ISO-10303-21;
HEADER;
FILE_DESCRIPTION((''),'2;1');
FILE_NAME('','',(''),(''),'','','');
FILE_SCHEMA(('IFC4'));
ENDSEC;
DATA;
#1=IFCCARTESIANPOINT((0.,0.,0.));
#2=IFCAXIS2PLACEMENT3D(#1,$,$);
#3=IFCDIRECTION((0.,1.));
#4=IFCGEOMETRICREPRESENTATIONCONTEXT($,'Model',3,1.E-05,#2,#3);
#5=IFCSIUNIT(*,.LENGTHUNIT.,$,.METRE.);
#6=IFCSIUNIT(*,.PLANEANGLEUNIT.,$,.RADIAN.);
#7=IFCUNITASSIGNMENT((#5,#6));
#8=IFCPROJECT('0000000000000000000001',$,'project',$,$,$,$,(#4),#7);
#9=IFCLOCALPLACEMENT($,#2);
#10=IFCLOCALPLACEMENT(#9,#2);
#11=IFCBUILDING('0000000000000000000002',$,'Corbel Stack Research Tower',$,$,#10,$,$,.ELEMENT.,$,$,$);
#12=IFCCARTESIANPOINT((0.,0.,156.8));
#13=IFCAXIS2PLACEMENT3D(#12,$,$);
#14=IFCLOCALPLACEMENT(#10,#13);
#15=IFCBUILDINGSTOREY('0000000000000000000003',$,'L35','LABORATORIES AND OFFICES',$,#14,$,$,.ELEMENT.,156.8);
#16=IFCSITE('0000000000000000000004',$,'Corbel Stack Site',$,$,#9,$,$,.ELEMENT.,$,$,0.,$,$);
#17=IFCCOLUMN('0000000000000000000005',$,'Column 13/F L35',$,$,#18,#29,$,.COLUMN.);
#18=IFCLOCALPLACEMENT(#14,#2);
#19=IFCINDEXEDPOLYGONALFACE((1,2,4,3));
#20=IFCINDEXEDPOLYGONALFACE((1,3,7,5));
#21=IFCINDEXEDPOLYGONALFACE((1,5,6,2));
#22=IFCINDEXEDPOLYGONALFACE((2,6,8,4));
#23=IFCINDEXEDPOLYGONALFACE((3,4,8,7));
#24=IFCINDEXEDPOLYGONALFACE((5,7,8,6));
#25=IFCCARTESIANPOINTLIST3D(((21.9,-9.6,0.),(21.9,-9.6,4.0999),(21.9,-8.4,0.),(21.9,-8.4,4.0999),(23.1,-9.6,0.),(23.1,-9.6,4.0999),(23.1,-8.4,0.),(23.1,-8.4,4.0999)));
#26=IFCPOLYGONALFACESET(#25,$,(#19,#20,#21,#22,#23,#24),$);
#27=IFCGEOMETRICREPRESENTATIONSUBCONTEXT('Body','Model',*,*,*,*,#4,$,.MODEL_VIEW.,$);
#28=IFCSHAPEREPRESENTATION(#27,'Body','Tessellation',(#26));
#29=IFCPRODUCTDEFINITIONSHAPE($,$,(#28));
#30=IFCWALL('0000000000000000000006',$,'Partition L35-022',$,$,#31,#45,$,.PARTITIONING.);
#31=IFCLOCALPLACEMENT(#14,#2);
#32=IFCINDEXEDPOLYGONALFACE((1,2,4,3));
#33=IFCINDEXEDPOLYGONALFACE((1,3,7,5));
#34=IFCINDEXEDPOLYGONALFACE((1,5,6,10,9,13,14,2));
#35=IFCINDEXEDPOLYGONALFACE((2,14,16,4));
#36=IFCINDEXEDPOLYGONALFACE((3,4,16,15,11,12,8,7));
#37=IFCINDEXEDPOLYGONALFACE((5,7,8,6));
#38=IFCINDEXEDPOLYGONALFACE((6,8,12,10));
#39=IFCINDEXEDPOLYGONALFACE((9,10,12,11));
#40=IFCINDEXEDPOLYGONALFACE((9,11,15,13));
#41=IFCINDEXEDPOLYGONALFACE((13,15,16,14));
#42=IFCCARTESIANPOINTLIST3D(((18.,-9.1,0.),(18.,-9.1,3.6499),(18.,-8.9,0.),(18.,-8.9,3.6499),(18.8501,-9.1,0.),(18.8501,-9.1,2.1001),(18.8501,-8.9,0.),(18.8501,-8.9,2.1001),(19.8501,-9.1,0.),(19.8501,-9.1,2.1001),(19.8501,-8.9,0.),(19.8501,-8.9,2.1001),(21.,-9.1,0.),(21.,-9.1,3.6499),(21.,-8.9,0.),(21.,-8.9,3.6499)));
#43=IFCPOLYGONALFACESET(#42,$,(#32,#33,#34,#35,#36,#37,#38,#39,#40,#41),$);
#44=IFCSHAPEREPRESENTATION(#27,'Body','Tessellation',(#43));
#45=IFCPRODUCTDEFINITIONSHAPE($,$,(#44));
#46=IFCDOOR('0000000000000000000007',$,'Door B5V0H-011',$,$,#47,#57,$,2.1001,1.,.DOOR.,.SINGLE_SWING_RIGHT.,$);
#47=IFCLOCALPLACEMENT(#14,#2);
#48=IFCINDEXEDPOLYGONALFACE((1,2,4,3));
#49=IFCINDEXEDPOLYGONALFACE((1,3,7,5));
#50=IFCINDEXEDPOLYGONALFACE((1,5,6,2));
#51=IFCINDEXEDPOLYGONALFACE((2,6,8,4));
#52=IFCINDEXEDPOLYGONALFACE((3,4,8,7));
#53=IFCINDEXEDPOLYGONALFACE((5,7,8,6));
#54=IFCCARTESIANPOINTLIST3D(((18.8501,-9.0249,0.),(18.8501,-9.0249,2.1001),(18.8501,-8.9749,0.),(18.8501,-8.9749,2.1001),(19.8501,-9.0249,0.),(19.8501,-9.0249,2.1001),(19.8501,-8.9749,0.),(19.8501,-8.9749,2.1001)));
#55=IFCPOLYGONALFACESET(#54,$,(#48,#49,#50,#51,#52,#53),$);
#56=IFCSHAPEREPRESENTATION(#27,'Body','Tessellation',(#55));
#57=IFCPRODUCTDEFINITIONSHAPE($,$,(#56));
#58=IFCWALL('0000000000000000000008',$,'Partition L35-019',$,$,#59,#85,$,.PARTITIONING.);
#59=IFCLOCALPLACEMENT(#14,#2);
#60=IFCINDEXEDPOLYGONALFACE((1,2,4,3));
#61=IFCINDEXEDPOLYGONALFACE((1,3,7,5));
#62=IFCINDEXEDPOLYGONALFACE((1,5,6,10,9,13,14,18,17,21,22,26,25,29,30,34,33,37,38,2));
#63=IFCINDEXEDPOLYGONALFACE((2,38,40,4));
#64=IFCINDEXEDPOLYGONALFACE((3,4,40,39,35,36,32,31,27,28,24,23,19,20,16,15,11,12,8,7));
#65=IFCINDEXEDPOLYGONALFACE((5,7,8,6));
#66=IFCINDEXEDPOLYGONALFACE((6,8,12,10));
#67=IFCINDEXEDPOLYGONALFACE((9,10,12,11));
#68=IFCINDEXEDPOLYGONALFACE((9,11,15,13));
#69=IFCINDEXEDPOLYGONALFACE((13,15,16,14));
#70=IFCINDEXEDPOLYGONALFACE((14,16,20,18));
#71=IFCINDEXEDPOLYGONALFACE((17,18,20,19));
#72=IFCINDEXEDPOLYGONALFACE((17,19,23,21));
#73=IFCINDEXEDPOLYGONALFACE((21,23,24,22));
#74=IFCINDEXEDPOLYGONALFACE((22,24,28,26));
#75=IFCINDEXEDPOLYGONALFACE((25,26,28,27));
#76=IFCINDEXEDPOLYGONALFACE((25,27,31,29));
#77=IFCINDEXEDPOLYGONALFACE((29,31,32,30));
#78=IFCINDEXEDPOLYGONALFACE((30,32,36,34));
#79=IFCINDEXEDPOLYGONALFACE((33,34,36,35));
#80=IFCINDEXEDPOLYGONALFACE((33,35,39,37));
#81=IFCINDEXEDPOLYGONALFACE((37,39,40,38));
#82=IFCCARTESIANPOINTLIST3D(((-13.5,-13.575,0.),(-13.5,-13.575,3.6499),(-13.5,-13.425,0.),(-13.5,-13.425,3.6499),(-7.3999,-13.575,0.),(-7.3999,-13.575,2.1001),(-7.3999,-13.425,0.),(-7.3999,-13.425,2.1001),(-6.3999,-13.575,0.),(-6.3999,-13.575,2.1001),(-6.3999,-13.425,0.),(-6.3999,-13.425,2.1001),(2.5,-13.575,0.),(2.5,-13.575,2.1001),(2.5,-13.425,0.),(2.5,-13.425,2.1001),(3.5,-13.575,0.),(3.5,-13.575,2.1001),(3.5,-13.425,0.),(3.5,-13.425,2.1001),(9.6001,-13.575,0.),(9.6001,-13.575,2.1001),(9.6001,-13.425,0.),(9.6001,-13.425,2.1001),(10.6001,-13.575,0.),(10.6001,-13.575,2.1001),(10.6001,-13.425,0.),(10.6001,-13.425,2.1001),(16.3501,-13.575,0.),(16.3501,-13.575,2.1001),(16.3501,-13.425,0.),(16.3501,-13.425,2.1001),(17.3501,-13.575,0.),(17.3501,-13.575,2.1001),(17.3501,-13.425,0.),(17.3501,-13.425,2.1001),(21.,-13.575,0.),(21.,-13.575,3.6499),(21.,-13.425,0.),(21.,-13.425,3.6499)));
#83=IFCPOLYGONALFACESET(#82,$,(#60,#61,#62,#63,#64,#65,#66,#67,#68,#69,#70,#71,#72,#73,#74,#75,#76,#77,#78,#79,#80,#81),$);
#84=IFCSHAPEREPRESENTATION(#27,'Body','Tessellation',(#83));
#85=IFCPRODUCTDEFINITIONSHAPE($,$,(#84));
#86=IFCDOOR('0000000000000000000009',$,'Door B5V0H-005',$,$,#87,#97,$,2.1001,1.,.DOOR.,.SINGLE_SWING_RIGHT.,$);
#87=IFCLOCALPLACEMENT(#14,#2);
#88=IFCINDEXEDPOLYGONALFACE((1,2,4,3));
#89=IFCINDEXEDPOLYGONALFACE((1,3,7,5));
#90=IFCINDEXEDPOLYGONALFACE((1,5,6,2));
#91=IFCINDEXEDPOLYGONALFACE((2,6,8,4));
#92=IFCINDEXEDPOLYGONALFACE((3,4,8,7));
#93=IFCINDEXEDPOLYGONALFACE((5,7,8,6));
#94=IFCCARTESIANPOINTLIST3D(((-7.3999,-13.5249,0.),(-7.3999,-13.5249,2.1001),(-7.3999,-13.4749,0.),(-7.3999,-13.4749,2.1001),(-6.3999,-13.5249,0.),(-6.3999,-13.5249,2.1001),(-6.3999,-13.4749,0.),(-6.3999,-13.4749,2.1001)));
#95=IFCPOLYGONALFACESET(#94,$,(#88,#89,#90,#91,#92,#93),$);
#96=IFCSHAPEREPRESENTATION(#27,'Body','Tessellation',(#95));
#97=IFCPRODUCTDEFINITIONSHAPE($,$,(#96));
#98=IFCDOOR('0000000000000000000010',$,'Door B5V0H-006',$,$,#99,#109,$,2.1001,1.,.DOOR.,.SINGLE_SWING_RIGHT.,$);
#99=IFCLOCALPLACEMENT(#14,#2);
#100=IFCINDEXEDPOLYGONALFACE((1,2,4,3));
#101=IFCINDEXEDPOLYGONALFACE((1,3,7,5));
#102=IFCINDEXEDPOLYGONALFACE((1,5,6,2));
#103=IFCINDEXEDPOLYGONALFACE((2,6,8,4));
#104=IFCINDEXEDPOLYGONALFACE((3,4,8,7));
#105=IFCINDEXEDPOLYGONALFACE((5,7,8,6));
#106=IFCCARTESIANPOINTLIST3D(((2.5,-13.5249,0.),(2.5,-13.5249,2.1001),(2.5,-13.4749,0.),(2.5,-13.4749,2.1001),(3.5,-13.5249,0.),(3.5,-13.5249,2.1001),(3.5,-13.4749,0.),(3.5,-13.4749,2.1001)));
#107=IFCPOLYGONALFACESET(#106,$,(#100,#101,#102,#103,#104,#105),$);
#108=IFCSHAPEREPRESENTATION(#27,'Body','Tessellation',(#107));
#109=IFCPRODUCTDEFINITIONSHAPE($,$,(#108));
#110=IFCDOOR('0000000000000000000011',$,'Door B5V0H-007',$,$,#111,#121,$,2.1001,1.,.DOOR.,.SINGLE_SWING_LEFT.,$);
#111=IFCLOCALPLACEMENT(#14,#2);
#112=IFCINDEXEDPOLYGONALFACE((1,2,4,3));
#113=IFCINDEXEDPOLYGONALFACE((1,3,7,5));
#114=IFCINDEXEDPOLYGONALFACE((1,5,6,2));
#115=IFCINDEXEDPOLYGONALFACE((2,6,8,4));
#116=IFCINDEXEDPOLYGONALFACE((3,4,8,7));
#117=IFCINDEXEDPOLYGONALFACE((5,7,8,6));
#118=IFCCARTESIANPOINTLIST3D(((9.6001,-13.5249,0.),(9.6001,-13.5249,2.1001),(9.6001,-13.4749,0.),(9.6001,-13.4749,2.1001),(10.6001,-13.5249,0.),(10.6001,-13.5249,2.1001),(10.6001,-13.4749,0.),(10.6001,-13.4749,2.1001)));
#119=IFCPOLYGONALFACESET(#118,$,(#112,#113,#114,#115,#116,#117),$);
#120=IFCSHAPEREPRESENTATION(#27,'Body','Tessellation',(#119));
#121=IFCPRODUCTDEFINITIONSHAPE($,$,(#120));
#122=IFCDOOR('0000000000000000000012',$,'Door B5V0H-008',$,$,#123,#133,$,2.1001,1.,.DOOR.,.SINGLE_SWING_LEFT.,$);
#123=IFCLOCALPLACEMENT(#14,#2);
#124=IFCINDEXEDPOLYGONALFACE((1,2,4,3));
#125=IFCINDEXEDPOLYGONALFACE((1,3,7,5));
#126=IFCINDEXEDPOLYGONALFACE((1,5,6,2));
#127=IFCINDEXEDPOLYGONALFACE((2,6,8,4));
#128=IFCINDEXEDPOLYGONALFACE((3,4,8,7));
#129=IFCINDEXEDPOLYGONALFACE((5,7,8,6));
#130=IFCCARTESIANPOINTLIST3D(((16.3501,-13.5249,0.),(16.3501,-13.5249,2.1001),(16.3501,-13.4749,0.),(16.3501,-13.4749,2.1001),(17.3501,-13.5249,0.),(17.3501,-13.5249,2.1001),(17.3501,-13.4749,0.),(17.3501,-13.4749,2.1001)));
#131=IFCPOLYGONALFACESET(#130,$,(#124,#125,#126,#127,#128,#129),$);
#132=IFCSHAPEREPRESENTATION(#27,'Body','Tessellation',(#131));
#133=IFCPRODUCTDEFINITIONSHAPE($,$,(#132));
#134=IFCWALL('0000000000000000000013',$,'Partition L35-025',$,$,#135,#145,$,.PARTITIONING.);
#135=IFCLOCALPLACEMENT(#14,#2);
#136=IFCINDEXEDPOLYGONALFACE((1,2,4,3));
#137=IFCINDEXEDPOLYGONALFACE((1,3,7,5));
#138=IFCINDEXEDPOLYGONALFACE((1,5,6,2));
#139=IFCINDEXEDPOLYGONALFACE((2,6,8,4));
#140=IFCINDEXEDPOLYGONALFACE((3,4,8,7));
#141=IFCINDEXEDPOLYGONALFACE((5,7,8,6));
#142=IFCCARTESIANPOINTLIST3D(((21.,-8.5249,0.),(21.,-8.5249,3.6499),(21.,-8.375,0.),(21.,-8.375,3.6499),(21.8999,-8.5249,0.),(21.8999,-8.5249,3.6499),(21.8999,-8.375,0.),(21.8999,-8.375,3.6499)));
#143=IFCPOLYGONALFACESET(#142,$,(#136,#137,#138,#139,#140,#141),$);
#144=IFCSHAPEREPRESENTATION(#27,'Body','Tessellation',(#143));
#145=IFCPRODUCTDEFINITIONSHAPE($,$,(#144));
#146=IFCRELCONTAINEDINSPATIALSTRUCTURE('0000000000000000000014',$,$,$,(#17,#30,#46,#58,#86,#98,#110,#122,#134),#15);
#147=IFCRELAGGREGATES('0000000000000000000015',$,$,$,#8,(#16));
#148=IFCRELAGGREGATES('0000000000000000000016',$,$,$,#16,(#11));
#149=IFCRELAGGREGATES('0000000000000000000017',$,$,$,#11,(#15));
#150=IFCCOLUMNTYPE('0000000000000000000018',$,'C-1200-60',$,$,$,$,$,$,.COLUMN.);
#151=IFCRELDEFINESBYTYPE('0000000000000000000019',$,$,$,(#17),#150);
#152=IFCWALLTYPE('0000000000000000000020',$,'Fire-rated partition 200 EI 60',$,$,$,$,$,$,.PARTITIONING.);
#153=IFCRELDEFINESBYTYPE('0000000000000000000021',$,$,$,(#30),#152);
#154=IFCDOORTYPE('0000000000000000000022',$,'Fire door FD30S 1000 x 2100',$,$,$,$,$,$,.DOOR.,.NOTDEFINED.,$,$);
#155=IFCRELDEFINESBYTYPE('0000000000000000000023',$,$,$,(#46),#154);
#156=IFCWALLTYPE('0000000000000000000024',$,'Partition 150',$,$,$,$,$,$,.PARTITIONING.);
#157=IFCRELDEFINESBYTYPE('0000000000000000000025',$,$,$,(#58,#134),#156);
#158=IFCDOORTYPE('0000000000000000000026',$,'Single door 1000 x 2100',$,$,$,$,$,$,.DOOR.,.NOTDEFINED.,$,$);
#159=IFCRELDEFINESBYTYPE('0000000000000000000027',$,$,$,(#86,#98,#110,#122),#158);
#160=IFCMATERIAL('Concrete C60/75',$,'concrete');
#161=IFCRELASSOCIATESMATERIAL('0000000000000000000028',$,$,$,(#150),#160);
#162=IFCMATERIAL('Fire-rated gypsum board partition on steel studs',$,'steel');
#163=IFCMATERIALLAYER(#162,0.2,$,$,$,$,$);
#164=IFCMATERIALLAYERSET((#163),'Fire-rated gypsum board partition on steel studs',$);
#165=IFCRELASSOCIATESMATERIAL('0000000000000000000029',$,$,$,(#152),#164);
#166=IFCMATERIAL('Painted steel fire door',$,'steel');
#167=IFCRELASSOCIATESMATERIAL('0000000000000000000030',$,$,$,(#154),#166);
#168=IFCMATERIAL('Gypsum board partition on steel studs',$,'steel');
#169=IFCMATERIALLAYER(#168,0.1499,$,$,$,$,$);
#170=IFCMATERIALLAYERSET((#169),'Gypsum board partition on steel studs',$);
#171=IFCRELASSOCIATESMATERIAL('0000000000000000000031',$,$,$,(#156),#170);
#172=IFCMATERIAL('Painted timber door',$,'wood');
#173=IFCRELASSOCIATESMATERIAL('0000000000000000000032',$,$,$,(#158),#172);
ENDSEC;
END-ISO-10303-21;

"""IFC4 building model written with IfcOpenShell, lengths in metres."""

from ifc_helpers import new_model, si_unit, direction, frame, frame_2d, origin, origin_2d, place, context, subcontext, project, spatial, rectangle, extrude, material, layer, layer_set, material_profile, profile_set, type_object, element, fill, save


model = new_model("IFC4")

# Units and contexts
model_context = context("Model", 3, precision=1e-05, world=origin(), true_north=direction((0.0, 1.0)))
body_context = subcontext(model_context, "Body", "Model", "MODEL_VIEW")
ifc_project = project(units=[si_unit("LENGTHUNIT", "METRE"), si_unit("PLANEANGLEUNIT", "RADIAN")], contexts=[model_context])

# Site, building, storey
site_placement = place(None, origin())
site = spatial("IfcSite", under=ifc_project, at=site_placement, Name="Corbel Stack Site", CompositionType="ELEMENT", RefElevation=0.0)
building_placement = place(site_placement, origin())
building = spatial("IfcBuilding", under=site, at=building_placement, Name="Corbel Stack Research Tower", CompositionType="ELEMENT")
storey_placement = place(building_placement, frame((0.0, 0.0, 156.8)))
storey = spatial("IfcBuildingStorey", under=building, at=storey_placement, Name="L35", Description="LABORATORIES AND OFFICES", CompositionType="ELEMENT", Elevation=156.8)

# Column
ifc_material_1 = material(Name="Concrete C60/75", Category="concrete")
ifc_material_profile = material_profile(ifc_material_1, rectangle(XDim=1.2, YDim=1.2, at=origin_2d()), Name="RC 1200 x 1200")
ifc_profile_set = profile_set([ifc_material_profile], Name="Concrete C60/75")
column_type = type_object("IfcColumnType", Name="C-1200-60", PredefinedType="COLUMN", material=ifc_profile_set)
column_placement = place(storey_placement, frame((22.5, -9.0, 0.0), z_axis=(0.0, 0.0, 1.0), x_axis=(1.0, 0.0, 0.0)))
element("IfcColumn", 1, at=column_placement, inside=storey, type_object=column_type, Name="Column 13/F L35", PredefinedType="COLUMN", context=body_context, shape_type="SweptSolid", body=[
    extrude(rectangle(XDim=1.2, YDim=1.2, at=origin_2d()), origin(), (0.0, 0.0, 1.0), 4.0999),
])

# Wall, opening, door
ifc_material_2 = material(Name="Fire-rated gypsum board partition on steel studs", Category="steel")
ifc_layer_1 = layer(ifc_material_2, 0.2)
ifc_layer_set_1 = layer_set([ifc_layer_1], Name="Fire-rated gypsum board partition on steel studs")
wall_type_1 = type_object("IfcWallType", Name="Fire-rated partition 200 EI 60", PredefinedType="PARTITIONING", material=ifc_layer_set_1)
wall_1_placement = place(storey_placement, frame((21.0, -9.0, 0.0), z_axis=(0.0, 0.0, 1.0), x_axis=(-1.0, 0.0, 0.0)))
wall_1 = element("IfcWall", 2, at=wall_1_placement, inside=storey, type_object=wall_type_1, Name="Partition L35-022", PredefinedType="PARTITIONING", context=body_context, shape_type="SweptSolid", body=[
    extrude(rectangle(XDim=3.0, YDim=0.2, at=frame_2d((1.5, 0.0))), origin(), (0.0, 0.0, 1.0), 3.6499),
])
opening_1_placement = place(wall_1_placement, frame((1.1499, 0.0, 0.0)))
opening_1 = element("IfcOpeningElement", 3, at=opening_1_placement, cuts=wall_1, PredefinedType="OPENING", context=body_context, shape_type="SweptSolid", body=[
    extrude(rectangle(XDim=1.0, YDim=2.1001, at=frame_2d((0.5, 1.05))), frame((0.0, 0.1099, 0.0), z_axis=(0.0, -1.0, 0.0), x_axis=(1.0, 0.0, 0.0)), (0.0, 0.0, 1.0), 0.22),
])
ifc_material_3 = material(Name="Painted steel fire door", Category="steel")
door_type_1 = type_object("IfcDoorType", Name="Fire door FD30S 1000 x 2100", OperationType="NOTDEFINED", PredefinedType="DOOR", material=ifc_material_3)
door_1_placement = place(opening_1_placement, origin())
door_1 = element("IfcDoor", 4, at=door_1_placement, inside=storey, type_object=door_type_1, Name="Door B5V0H-011", OperationType="SINGLE_SWING_RIGHT", OverallHeight=2.1001, OverallWidth=1.0, PredefinedType="DOOR", context=body_context, shape_type="SweptSolid", body=[
    extrude(rectangle(XDim=1.0, YDim=2.1001, at=frame_2d((0.5, 1.05))), frame((0.0, 0.0249, 0.0), z_axis=(0.0, -1.0, 0.0), x_axis=(1.0, 0.0, 0.0)), (0.0, 0.0, 1.0), 0.05),
])
fill(opening_1, door_1)

# Wall, openings, doors
ifc_material_4 = material(Name="Gypsum board partition on steel studs", Category="steel")
ifc_layer_2 = layer(ifc_material_4, 0.1499)
ifc_layer_set_2 = layer_set([ifc_layer_2], Name="Gypsum board partition on steel studs")
wall_type_2 = type_object("IfcWallType", Name="Partition 150", PredefinedType="PARTITIONING", material=ifc_layer_set_2)
wall_2_placement = place(storey_placement, frame((21.0, -13.5, 0.0), z_axis=(0.0, 0.0, 1.0), x_axis=(-1.0, 0.0, 0.0)))
wall_2 = element("IfcWall", 5, at=wall_2_placement, inside=storey, type_object=wall_type_2, Name="Partition L35-019", PredefinedType="PARTITIONING", context=body_context, shape_type="SweptSolid", body=[
    extrude(rectangle(XDim=34.5, YDim=0.1499, at=frame_2d((17.25, 0.0))), origin(), (0.0, 0.0, 1.0), 3.6499),
])
opening_2_placement = place(wall_2_placement, frame((27.3999, 0.0, 0.0)))
opening_2 = element("IfcOpeningElement", 6, at=opening_2_placement, cuts=wall_2, PredefinedType="OPENING", context=body_context, shape_type="SweptSolid", body=[
    extrude(rectangle(XDim=1.0, YDim=2.1001, at=frame_2d((0.5, 1.05))), frame((0.0, 0.085, 0.0), z_axis=(0.0, -1.0, 0.0), x_axis=(1.0, 0.0, 0.0)), (0.0, 0.0, 1.0), 0.1699),
])
opening_3_placement = place(wall_2_placement, frame((17.5, 0.0, 0.0)))
opening_3 = element("IfcOpeningElement", 7, at=opening_3_placement, cuts=wall_2, PredefinedType="OPENING", context=body_context, shape_type="SweptSolid", body=[
    extrude(rectangle(XDim=1.0, YDim=2.1001, at=frame_2d((0.5, 1.05))), frame((0.0, 0.085, 0.0), z_axis=(0.0, -1.0, 0.0), x_axis=(1.0, 0.0, 0.0)), (0.0, 0.0, 1.0), 0.1699),
])
opening_4_placement = place(wall_2_placement, frame((10.3999, 0.0, 0.0)))
opening_4 = element("IfcOpeningElement", 8, at=opening_4_placement, cuts=wall_2, PredefinedType="OPENING", context=body_context, shape_type="SweptSolid", body=[
    extrude(rectangle(XDim=1.0, YDim=2.1001, at=frame_2d((0.5, 1.05))), frame((0.0, 0.085, 0.0), z_axis=(0.0, -1.0, 0.0), x_axis=(1.0, 0.0, 0.0)), (0.0, 0.0, 1.0), 0.1699),
])
opening_5_placement = place(wall_2_placement, frame((3.6499, 0.0, 0.0)))
opening_5 = element("IfcOpeningElement", 9, at=opening_5_placement, cuts=wall_2, PredefinedType="OPENING", context=body_context, shape_type="SweptSolid", body=[
    extrude(rectangle(XDim=1.0, YDim=2.1001, at=frame_2d((0.5, 1.05))), frame((0.0, 0.085, 0.0), z_axis=(0.0, -1.0, 0.0), x_axis=(1.0, 0.0, 0.0)), (0.0, 0.0, 1.0), 0.1699),
])
ifc_material_5 = material(Name="Painted timber door", Category="wood")
door_type_2 = type_object("IfcDoorType", Name="Single door 1000 x 2100", OperationType="NOTDEFINED", PredefinedType="DOOR", material=ifc_material_5)
door_2_placement = place(opening_2_placement, origin())
door_2 = element("IfcDoor", 10, at=door_2_placement, inside=storey, type_object=door_type_2, Name="Door B5V0H-005", OperationType="SINGLE_SWING_RIGHT", OverallHeight=2.1001, OverallWidth=1.0, PredefinedType="DOOR", context=body_context, shape_type="SweptSolid", body=[
    extrude(rectangle(XDim=1.0, YDim=2.1001, at=frame_2d((0.5, 1.05))), frame((0.0, 0.0249, 0.0), z_axis=(0.0, -1.0, 0.0), x_axis=(1.0, 0.0, 0.0)), (0.0, 0.0, 1.0), 0.05),
])
fill(opening_2, door_2)
door_3_placement = place(opening_3_placement, origin())
door_3 = element("IfcDoor", 11, at=door_3_placement, inside=storey, type_object=door_type_2, Name="Door B5V0H-006", OperationType="SINGLE_SWING_RIGHT", OverallHeight=2.1001, OverallWidth=1.0, PredefinedType="DOOR", context=body_context, shape_type="SweptSolid", body=[
    extrude(rectangle(XDim=1.0, YDim=2.1001, at=frame_2d((0.5, 1.05))), frame((0.0, 0.0249, 0.0), z_axis=(0.0, -1.0, 0.0), x_axis=(1.0, 0.0, 0.0)), (0.0, 0.0, 1.0), 0.05),
])
fill(opening_3, door_3)
door_4_placement = place(opening_4_placement, origin())
door_4 = element("IfcDoor", 12, at=door_4_placement, inside=storey, type_object=door_type_2, Name="Door B5V0H-007", OperationType="SINGLE_SWING_LEFT", OverallHeight=2.1001, OverallWidth=1.0, PredefinedType="DOOR", context=body_context, shape_type="SweptSolid", body=[
    extrude(rectangle(XDim=1.0, YDim=2.1001, at=frame_2d((0.5, 1.05))), frame((0.0, 0.0249, 0.0), z_axis=(0.0, -1.0, 0.0), x_axis=(1.0, 0.0, 0.0)), (0.0, 0.0, 1.0), 0.05),
])
fill(opening_4, door_4)
door_5_placement = place(opening_5_placement, origin())
door_5 = element("IfcDoor", 13, at=door_5_placement, inside=storey, type_object=door_type_2, Name="Door B5V0H-008", OperationType="SINGLE_SWING_LEFT", OverallHeight=2.1001, OverallWidth=1.0, PredefinedType="DOOR", context=body_context, shape_type="SweptSolid", body=[
    extrude(rectangle(XDim=1.0, YDim=2.1001, at=frame_2d((0.5, 1.05))), frame((0.0, 0.0249, 0.0), z_axis=(0.0, -1.0, 0.0), x_axis=(1.0, 0.0, 0.0)), (0.0, 0.0, 1.0), 0.05),
])
fill(opening_5, door_5)

# Wall
wall_3_placement = place(storey_placement, frame((21.0, -8.45, 0.0), z_axis=(0.0, 0.0, 1.0), x_axis=(1.0, 0.0, 0.0)))
element("IfcWall", 14, at=wall_3_placement, inside=storey, type_object=wall_type_2, Name="Partition L35-025", PredefinedType="PARTITIONING", context=body_context, shape_type="SweptSolid", body=[
    extrude(rectangle(XDim=0.8999, YDim=0.1499, at=frame_2d((0.45, 0.0))), origin(), (0.0, 0.0, 1.0), 3.6499),
])

save(model, "model.ifc")
